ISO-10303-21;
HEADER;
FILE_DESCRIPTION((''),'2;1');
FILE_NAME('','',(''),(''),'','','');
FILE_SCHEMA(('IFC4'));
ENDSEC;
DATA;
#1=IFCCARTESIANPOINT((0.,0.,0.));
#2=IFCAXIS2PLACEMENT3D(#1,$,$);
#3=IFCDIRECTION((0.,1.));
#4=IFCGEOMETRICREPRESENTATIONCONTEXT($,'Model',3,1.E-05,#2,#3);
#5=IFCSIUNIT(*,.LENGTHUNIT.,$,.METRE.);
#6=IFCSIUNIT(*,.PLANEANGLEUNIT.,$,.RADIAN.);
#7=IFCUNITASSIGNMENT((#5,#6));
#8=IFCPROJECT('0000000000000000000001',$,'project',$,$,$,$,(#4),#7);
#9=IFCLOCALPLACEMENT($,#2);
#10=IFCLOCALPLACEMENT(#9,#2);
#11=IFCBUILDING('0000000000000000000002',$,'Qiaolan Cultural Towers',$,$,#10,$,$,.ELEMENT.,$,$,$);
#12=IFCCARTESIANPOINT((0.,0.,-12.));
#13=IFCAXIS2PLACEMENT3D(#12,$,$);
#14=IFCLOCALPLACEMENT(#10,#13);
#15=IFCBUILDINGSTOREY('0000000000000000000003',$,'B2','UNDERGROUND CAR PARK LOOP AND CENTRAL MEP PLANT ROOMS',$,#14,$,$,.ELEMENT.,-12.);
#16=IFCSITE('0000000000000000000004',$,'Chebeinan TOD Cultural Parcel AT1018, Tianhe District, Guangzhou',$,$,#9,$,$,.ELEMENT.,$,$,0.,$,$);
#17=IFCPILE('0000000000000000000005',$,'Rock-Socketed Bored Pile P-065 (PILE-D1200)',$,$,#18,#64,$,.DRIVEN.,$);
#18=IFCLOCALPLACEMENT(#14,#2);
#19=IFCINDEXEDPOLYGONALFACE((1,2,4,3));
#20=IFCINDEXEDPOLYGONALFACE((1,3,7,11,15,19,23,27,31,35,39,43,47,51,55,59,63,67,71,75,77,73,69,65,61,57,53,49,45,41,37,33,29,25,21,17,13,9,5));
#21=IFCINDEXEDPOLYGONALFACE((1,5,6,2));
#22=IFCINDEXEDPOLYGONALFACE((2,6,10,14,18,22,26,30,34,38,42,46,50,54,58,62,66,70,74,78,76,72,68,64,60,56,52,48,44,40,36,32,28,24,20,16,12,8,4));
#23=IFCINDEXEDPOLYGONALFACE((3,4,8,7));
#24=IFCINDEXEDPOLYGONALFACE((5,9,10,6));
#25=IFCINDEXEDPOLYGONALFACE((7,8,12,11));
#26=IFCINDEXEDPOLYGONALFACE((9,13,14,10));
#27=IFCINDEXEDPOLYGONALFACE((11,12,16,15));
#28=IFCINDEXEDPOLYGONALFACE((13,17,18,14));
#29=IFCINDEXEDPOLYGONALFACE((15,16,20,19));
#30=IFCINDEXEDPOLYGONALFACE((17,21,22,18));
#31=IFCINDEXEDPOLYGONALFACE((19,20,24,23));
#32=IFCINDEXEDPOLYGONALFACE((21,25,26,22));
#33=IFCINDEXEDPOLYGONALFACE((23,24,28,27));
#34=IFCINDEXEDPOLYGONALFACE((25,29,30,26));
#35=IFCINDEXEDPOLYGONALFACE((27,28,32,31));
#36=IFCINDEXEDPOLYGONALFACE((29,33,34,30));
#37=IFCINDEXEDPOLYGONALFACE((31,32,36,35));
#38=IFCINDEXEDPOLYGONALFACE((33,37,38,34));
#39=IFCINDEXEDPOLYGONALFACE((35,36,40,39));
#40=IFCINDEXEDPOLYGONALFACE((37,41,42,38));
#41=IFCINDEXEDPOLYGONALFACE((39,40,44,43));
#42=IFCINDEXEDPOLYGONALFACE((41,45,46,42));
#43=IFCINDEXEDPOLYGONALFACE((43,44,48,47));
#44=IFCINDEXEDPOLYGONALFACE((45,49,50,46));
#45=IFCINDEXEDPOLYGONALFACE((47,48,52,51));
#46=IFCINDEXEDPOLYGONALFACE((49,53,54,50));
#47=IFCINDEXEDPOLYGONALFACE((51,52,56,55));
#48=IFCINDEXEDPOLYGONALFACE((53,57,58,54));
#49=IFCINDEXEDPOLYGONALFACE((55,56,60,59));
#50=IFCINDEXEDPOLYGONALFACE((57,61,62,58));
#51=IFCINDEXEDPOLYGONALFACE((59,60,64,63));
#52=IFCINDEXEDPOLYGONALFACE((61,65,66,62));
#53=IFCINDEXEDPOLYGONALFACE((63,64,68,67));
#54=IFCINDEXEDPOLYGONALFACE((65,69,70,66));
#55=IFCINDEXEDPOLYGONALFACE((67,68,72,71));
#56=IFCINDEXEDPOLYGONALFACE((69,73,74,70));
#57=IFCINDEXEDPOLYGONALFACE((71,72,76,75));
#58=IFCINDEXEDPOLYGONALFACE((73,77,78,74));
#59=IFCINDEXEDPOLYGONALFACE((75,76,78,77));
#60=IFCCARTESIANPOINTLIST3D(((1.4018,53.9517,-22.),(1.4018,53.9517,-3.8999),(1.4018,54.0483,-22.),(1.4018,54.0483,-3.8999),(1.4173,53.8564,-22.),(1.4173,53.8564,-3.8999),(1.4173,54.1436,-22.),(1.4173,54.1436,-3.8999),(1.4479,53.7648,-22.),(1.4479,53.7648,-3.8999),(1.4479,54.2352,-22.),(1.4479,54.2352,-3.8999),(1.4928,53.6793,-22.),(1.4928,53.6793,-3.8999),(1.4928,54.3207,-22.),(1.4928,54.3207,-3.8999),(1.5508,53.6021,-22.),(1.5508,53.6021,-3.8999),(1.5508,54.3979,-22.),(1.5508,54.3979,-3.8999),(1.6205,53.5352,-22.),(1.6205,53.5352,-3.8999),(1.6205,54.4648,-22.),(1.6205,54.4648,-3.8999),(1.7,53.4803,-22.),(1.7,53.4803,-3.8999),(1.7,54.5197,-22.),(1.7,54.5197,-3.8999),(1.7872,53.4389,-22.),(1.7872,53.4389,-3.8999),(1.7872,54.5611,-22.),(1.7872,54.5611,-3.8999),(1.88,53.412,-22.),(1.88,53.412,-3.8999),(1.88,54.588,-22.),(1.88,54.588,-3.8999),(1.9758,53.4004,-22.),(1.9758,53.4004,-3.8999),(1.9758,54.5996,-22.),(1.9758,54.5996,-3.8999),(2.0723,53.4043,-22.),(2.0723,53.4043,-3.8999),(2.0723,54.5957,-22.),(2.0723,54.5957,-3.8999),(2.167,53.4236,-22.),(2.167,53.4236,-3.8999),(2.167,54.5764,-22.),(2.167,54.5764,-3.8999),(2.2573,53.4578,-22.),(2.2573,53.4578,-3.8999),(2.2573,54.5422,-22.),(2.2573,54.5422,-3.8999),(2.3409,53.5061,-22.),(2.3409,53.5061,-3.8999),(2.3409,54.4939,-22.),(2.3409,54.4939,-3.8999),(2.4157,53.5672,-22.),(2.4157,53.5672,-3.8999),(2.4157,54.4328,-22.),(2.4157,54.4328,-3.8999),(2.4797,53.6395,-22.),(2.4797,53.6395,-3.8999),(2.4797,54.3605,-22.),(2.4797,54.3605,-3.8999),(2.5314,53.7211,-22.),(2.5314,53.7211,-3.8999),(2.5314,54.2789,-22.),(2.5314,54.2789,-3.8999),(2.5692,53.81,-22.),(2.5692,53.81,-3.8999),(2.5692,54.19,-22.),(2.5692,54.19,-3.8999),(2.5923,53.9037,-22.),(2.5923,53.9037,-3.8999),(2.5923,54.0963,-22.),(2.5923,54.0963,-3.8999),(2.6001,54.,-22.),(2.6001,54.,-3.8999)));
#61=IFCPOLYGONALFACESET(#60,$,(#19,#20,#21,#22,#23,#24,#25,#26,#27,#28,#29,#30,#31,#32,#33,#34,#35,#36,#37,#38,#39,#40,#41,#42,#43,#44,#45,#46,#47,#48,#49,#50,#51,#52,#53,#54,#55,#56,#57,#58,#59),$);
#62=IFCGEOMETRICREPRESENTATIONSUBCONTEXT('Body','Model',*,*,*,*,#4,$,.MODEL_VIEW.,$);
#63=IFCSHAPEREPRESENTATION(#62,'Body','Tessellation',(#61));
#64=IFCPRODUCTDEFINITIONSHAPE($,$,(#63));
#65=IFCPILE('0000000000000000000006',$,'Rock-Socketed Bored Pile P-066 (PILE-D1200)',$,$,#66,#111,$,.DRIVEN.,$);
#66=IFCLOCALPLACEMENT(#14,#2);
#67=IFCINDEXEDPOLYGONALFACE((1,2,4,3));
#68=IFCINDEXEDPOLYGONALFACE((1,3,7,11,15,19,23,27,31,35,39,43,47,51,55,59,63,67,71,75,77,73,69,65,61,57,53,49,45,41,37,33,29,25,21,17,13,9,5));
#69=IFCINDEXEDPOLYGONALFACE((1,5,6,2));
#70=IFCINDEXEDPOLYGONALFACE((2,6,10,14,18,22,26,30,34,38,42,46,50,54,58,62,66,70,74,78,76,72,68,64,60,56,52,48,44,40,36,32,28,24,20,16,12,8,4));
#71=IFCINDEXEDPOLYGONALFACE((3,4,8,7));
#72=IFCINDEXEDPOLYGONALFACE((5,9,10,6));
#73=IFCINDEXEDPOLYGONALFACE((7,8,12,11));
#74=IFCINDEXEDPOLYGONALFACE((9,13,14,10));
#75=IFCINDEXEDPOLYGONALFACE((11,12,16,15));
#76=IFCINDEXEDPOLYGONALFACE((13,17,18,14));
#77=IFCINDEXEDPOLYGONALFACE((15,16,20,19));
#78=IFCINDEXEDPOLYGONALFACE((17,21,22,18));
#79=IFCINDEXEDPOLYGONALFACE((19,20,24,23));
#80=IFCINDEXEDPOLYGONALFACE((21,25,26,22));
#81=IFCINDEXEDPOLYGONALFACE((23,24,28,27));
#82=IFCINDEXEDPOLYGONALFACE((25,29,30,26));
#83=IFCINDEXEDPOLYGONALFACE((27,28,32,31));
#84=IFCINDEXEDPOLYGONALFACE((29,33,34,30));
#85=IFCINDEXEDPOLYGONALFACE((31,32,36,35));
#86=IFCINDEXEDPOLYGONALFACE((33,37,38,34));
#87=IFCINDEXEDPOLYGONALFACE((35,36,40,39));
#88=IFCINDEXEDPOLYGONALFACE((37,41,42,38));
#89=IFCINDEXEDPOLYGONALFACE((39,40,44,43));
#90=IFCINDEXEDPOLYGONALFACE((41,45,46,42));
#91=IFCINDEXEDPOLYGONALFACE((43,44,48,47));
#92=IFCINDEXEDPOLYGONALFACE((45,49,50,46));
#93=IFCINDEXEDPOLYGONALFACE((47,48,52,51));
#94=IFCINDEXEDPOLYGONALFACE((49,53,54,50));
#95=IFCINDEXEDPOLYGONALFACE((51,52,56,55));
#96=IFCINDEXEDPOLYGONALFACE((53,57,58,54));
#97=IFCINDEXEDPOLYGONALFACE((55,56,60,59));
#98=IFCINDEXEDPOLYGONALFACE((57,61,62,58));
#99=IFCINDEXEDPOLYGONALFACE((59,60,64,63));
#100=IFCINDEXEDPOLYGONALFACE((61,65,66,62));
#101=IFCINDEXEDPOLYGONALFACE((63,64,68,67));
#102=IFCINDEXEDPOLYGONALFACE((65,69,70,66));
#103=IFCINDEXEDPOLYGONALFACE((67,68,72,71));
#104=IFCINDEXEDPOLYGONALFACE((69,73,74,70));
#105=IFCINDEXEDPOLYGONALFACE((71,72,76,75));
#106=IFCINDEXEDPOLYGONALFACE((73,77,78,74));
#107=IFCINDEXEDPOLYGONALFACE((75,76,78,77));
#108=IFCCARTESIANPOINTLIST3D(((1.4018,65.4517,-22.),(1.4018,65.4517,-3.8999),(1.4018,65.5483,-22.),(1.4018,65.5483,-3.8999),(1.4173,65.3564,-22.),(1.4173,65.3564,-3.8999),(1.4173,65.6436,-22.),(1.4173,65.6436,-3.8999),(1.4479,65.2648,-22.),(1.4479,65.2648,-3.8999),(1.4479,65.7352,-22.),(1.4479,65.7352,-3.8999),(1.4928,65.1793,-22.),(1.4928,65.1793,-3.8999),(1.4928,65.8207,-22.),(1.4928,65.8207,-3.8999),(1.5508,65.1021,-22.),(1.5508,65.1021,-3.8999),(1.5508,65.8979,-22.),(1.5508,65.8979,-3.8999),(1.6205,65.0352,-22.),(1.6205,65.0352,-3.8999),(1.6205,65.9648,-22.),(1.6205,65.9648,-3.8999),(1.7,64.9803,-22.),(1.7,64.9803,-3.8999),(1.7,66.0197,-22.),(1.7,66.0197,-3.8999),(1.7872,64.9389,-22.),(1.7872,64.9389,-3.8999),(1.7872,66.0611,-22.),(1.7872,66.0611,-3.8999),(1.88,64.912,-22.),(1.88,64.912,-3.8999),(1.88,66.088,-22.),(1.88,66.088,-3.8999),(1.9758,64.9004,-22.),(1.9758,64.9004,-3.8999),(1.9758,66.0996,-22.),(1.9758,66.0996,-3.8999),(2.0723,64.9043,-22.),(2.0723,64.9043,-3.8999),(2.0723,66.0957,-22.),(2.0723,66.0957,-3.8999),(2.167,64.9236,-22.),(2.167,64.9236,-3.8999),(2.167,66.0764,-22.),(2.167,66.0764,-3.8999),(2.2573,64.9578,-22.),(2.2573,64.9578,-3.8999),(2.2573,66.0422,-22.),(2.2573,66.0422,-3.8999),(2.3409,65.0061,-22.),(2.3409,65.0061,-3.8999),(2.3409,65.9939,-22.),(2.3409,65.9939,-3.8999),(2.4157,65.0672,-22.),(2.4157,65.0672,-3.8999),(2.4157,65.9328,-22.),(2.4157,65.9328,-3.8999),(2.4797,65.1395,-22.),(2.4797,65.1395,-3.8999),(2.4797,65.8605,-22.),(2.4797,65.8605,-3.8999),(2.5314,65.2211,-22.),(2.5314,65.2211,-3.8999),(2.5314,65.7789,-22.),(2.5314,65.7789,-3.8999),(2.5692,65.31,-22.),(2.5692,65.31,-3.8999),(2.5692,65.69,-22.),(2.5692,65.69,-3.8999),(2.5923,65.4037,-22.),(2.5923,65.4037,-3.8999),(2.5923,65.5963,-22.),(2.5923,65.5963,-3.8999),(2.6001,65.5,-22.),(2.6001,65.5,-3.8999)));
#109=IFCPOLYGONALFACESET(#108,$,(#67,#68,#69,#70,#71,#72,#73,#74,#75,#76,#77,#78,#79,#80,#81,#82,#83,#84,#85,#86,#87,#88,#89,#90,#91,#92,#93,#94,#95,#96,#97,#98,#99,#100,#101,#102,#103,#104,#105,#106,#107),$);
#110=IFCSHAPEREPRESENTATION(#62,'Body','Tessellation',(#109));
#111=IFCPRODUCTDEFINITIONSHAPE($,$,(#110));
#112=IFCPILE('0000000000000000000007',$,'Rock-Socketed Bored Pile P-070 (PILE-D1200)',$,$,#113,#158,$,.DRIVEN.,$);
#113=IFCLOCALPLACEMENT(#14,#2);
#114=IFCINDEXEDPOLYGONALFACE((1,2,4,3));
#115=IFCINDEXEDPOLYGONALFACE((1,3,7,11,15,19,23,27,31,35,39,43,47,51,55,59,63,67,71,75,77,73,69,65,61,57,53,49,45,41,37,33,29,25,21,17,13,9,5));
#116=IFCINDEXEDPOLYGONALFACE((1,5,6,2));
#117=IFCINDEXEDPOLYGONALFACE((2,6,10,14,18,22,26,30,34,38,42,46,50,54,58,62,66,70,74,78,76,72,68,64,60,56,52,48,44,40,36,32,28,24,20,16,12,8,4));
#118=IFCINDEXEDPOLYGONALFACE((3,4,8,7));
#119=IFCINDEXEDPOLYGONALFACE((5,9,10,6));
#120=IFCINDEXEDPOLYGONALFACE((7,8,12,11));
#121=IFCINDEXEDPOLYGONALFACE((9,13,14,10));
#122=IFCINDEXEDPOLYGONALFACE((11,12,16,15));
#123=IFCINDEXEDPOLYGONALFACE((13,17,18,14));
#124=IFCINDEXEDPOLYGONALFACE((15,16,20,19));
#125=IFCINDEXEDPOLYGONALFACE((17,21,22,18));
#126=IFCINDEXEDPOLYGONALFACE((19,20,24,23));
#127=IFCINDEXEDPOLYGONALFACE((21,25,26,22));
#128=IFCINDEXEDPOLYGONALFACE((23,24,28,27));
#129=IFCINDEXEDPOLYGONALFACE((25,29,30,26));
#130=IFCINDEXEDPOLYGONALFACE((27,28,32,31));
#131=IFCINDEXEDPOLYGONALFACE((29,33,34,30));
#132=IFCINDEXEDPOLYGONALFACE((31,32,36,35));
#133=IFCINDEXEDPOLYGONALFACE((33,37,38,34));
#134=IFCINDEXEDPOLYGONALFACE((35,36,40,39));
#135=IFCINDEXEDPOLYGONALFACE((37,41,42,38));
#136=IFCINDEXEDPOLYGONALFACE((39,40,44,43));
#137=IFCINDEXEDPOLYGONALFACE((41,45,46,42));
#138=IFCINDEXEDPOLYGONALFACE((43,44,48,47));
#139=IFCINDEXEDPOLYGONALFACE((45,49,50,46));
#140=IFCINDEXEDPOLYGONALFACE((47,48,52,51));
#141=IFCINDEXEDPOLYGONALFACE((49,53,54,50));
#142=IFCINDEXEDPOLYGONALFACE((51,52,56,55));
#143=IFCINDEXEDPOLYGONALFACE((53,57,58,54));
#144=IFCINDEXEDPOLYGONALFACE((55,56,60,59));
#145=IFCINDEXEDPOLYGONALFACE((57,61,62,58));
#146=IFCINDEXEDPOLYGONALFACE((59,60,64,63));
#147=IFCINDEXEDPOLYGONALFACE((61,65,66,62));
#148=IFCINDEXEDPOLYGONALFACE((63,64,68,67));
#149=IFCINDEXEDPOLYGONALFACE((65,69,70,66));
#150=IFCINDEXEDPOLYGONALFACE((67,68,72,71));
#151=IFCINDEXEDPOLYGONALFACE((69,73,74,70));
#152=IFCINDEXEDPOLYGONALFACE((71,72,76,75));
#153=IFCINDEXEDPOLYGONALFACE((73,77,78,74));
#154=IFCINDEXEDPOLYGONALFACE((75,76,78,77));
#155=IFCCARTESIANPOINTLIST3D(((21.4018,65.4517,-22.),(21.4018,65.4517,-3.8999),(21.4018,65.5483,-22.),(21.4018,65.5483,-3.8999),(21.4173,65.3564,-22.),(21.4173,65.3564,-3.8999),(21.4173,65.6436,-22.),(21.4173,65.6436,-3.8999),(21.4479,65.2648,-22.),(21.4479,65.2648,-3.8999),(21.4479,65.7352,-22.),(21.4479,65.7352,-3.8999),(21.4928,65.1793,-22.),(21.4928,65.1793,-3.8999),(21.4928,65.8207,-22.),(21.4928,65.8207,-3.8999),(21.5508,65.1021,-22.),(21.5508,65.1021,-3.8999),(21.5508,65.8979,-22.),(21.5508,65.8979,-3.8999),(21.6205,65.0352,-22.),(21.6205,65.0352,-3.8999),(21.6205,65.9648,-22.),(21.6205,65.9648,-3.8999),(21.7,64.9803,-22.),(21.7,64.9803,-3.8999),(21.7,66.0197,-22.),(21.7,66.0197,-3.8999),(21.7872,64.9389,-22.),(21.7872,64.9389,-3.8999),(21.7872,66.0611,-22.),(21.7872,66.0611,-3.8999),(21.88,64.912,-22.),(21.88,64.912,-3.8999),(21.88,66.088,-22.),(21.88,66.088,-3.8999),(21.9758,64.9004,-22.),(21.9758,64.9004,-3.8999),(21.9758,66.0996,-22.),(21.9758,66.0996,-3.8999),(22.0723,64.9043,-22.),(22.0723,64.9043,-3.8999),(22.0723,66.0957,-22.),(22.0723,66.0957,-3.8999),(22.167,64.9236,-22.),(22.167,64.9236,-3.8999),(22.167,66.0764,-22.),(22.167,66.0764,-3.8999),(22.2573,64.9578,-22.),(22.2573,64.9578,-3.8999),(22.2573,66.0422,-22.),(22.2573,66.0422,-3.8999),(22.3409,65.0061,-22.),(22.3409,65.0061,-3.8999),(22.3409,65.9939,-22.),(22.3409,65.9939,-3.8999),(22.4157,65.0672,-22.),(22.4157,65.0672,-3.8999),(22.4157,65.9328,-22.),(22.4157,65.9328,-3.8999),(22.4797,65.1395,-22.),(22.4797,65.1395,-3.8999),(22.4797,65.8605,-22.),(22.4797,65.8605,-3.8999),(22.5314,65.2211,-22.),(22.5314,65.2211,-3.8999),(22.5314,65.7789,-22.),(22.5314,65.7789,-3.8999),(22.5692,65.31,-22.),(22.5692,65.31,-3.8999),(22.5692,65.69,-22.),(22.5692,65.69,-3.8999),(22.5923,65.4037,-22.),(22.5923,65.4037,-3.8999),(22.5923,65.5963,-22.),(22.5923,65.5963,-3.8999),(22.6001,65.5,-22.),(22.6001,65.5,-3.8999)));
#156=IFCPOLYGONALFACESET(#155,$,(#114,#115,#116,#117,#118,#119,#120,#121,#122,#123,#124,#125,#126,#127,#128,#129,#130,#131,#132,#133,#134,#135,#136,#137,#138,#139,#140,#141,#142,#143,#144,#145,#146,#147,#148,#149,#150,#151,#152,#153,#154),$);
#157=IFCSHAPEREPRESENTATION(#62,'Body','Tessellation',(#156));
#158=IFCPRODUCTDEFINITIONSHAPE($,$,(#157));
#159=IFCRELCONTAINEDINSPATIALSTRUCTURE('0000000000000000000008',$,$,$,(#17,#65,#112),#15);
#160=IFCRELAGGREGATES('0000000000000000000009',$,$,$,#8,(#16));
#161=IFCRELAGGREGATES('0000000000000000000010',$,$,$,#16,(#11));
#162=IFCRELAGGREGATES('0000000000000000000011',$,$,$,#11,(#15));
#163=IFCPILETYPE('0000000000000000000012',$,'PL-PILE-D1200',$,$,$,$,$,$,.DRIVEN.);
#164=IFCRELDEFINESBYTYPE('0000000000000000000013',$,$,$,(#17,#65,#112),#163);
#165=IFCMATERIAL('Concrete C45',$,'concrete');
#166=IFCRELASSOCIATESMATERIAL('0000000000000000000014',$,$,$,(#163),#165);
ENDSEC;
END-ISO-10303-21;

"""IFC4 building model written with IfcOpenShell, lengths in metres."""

from ifc_helpers import new_model, si_unit, direction, frame, origin, origin_2d, place, context, subcontext, project, spatial, circle, extrude, material, material_profile, profile_set, type_object, element, save


model = new_model("IFC4")

# Units and contexts
model_context = context("Model", 3, precision=1e-05, world=origin(), true_north=direction((0.0, 1.0)))
body_context = subcontext(model_context, "Body", "Model", "MODEL_VIEW")
ifc_project = project(units=[si_unit("LENGTHUNIT", "METRE"), si_unit("PLANEANGLEUNIT", "RADIAN")], contexts=[model_context])

# Site, building, storey
site_placement = place(None, origin())
site = spatial("IfcSite", under=ifc_project, at=site_placement, Name="Chebeinan TOD Cultural Parcel AT1018, Tianhe District, Guangzhou", CompositionType="ELEMENT", RefElevation=0.0)
building_placement = place(site_placement, origin())
building = spatial("IfcBuilding", under=site, at=building_placement, Name="Qiaolan Cultural Towers", CompositionType="ELEMENT")
storey_placement = place(building_placement, frame((0.0, 0.0, -12.0)))
storey = spatial("IfcBuildingStorey", under=building, at=storey_placement, Name="B2", Description="UNDERGROUND CAR PARK LOOP AND CENTRAL MEP PLANT ROOMS", CompositionType="ELEMENT", Elevation=-12.0)

# Piles
ifc_material_1 = material(Name="Concrete C45", Category="concrete")
ifc_material_profile_1 = material_profile(ifc_material_1, circle(Radius=0.6001, at=origin_2d()), Name="PILE-D1200")
ifc_profile_set_1 = profile_set([ifc_material_profile_1], Name="Concrete C45")
pile_type_1 = type_object("IfcPileType", Name="PL-PILE-D1200", PredefinedType="DRIVEN", material=ifc_profile_set_1)
for number, where, z_axis, x_axis, name in (
    (1, (2.0, 54.0, -3.8999), (0.0, 0.0, -1.0), (1.0, 0.0, 0.0), "Rock-Socketed Bored Pile P-065 (PILE-D1200)"),
    (2, (2.0, 65.5, -3.8999), (0.0, 0.0, -1.0), (1.0, 0.0, 0.0), "Rock-Socketed Bored Pile P-066 (PILE-D1200)"),
    (3, (22.0, 65.5, -3.8999), (0.0, 0.0, -1.0), (1.0, 0.0, 0.0), "Rock-Socketed Bored Pile P-070 (PILE-D1200)"),
):
    element("IfcPile", number, at=place(storey_placement, frame(where, z_axis=z_axis, x_axis=x_axis)), inside=storey, type_object=pile_type_1, Name=name, PredefinedType="DRIVEN", context=body_context, shape_type="SweptSolid", body=[
        extrude(circle(Radius=0.6001, at=origin_2d()), origin(), (0.0, 0.0, 1.0), 18.1001),
    ])

save(model, "model.ifc")
